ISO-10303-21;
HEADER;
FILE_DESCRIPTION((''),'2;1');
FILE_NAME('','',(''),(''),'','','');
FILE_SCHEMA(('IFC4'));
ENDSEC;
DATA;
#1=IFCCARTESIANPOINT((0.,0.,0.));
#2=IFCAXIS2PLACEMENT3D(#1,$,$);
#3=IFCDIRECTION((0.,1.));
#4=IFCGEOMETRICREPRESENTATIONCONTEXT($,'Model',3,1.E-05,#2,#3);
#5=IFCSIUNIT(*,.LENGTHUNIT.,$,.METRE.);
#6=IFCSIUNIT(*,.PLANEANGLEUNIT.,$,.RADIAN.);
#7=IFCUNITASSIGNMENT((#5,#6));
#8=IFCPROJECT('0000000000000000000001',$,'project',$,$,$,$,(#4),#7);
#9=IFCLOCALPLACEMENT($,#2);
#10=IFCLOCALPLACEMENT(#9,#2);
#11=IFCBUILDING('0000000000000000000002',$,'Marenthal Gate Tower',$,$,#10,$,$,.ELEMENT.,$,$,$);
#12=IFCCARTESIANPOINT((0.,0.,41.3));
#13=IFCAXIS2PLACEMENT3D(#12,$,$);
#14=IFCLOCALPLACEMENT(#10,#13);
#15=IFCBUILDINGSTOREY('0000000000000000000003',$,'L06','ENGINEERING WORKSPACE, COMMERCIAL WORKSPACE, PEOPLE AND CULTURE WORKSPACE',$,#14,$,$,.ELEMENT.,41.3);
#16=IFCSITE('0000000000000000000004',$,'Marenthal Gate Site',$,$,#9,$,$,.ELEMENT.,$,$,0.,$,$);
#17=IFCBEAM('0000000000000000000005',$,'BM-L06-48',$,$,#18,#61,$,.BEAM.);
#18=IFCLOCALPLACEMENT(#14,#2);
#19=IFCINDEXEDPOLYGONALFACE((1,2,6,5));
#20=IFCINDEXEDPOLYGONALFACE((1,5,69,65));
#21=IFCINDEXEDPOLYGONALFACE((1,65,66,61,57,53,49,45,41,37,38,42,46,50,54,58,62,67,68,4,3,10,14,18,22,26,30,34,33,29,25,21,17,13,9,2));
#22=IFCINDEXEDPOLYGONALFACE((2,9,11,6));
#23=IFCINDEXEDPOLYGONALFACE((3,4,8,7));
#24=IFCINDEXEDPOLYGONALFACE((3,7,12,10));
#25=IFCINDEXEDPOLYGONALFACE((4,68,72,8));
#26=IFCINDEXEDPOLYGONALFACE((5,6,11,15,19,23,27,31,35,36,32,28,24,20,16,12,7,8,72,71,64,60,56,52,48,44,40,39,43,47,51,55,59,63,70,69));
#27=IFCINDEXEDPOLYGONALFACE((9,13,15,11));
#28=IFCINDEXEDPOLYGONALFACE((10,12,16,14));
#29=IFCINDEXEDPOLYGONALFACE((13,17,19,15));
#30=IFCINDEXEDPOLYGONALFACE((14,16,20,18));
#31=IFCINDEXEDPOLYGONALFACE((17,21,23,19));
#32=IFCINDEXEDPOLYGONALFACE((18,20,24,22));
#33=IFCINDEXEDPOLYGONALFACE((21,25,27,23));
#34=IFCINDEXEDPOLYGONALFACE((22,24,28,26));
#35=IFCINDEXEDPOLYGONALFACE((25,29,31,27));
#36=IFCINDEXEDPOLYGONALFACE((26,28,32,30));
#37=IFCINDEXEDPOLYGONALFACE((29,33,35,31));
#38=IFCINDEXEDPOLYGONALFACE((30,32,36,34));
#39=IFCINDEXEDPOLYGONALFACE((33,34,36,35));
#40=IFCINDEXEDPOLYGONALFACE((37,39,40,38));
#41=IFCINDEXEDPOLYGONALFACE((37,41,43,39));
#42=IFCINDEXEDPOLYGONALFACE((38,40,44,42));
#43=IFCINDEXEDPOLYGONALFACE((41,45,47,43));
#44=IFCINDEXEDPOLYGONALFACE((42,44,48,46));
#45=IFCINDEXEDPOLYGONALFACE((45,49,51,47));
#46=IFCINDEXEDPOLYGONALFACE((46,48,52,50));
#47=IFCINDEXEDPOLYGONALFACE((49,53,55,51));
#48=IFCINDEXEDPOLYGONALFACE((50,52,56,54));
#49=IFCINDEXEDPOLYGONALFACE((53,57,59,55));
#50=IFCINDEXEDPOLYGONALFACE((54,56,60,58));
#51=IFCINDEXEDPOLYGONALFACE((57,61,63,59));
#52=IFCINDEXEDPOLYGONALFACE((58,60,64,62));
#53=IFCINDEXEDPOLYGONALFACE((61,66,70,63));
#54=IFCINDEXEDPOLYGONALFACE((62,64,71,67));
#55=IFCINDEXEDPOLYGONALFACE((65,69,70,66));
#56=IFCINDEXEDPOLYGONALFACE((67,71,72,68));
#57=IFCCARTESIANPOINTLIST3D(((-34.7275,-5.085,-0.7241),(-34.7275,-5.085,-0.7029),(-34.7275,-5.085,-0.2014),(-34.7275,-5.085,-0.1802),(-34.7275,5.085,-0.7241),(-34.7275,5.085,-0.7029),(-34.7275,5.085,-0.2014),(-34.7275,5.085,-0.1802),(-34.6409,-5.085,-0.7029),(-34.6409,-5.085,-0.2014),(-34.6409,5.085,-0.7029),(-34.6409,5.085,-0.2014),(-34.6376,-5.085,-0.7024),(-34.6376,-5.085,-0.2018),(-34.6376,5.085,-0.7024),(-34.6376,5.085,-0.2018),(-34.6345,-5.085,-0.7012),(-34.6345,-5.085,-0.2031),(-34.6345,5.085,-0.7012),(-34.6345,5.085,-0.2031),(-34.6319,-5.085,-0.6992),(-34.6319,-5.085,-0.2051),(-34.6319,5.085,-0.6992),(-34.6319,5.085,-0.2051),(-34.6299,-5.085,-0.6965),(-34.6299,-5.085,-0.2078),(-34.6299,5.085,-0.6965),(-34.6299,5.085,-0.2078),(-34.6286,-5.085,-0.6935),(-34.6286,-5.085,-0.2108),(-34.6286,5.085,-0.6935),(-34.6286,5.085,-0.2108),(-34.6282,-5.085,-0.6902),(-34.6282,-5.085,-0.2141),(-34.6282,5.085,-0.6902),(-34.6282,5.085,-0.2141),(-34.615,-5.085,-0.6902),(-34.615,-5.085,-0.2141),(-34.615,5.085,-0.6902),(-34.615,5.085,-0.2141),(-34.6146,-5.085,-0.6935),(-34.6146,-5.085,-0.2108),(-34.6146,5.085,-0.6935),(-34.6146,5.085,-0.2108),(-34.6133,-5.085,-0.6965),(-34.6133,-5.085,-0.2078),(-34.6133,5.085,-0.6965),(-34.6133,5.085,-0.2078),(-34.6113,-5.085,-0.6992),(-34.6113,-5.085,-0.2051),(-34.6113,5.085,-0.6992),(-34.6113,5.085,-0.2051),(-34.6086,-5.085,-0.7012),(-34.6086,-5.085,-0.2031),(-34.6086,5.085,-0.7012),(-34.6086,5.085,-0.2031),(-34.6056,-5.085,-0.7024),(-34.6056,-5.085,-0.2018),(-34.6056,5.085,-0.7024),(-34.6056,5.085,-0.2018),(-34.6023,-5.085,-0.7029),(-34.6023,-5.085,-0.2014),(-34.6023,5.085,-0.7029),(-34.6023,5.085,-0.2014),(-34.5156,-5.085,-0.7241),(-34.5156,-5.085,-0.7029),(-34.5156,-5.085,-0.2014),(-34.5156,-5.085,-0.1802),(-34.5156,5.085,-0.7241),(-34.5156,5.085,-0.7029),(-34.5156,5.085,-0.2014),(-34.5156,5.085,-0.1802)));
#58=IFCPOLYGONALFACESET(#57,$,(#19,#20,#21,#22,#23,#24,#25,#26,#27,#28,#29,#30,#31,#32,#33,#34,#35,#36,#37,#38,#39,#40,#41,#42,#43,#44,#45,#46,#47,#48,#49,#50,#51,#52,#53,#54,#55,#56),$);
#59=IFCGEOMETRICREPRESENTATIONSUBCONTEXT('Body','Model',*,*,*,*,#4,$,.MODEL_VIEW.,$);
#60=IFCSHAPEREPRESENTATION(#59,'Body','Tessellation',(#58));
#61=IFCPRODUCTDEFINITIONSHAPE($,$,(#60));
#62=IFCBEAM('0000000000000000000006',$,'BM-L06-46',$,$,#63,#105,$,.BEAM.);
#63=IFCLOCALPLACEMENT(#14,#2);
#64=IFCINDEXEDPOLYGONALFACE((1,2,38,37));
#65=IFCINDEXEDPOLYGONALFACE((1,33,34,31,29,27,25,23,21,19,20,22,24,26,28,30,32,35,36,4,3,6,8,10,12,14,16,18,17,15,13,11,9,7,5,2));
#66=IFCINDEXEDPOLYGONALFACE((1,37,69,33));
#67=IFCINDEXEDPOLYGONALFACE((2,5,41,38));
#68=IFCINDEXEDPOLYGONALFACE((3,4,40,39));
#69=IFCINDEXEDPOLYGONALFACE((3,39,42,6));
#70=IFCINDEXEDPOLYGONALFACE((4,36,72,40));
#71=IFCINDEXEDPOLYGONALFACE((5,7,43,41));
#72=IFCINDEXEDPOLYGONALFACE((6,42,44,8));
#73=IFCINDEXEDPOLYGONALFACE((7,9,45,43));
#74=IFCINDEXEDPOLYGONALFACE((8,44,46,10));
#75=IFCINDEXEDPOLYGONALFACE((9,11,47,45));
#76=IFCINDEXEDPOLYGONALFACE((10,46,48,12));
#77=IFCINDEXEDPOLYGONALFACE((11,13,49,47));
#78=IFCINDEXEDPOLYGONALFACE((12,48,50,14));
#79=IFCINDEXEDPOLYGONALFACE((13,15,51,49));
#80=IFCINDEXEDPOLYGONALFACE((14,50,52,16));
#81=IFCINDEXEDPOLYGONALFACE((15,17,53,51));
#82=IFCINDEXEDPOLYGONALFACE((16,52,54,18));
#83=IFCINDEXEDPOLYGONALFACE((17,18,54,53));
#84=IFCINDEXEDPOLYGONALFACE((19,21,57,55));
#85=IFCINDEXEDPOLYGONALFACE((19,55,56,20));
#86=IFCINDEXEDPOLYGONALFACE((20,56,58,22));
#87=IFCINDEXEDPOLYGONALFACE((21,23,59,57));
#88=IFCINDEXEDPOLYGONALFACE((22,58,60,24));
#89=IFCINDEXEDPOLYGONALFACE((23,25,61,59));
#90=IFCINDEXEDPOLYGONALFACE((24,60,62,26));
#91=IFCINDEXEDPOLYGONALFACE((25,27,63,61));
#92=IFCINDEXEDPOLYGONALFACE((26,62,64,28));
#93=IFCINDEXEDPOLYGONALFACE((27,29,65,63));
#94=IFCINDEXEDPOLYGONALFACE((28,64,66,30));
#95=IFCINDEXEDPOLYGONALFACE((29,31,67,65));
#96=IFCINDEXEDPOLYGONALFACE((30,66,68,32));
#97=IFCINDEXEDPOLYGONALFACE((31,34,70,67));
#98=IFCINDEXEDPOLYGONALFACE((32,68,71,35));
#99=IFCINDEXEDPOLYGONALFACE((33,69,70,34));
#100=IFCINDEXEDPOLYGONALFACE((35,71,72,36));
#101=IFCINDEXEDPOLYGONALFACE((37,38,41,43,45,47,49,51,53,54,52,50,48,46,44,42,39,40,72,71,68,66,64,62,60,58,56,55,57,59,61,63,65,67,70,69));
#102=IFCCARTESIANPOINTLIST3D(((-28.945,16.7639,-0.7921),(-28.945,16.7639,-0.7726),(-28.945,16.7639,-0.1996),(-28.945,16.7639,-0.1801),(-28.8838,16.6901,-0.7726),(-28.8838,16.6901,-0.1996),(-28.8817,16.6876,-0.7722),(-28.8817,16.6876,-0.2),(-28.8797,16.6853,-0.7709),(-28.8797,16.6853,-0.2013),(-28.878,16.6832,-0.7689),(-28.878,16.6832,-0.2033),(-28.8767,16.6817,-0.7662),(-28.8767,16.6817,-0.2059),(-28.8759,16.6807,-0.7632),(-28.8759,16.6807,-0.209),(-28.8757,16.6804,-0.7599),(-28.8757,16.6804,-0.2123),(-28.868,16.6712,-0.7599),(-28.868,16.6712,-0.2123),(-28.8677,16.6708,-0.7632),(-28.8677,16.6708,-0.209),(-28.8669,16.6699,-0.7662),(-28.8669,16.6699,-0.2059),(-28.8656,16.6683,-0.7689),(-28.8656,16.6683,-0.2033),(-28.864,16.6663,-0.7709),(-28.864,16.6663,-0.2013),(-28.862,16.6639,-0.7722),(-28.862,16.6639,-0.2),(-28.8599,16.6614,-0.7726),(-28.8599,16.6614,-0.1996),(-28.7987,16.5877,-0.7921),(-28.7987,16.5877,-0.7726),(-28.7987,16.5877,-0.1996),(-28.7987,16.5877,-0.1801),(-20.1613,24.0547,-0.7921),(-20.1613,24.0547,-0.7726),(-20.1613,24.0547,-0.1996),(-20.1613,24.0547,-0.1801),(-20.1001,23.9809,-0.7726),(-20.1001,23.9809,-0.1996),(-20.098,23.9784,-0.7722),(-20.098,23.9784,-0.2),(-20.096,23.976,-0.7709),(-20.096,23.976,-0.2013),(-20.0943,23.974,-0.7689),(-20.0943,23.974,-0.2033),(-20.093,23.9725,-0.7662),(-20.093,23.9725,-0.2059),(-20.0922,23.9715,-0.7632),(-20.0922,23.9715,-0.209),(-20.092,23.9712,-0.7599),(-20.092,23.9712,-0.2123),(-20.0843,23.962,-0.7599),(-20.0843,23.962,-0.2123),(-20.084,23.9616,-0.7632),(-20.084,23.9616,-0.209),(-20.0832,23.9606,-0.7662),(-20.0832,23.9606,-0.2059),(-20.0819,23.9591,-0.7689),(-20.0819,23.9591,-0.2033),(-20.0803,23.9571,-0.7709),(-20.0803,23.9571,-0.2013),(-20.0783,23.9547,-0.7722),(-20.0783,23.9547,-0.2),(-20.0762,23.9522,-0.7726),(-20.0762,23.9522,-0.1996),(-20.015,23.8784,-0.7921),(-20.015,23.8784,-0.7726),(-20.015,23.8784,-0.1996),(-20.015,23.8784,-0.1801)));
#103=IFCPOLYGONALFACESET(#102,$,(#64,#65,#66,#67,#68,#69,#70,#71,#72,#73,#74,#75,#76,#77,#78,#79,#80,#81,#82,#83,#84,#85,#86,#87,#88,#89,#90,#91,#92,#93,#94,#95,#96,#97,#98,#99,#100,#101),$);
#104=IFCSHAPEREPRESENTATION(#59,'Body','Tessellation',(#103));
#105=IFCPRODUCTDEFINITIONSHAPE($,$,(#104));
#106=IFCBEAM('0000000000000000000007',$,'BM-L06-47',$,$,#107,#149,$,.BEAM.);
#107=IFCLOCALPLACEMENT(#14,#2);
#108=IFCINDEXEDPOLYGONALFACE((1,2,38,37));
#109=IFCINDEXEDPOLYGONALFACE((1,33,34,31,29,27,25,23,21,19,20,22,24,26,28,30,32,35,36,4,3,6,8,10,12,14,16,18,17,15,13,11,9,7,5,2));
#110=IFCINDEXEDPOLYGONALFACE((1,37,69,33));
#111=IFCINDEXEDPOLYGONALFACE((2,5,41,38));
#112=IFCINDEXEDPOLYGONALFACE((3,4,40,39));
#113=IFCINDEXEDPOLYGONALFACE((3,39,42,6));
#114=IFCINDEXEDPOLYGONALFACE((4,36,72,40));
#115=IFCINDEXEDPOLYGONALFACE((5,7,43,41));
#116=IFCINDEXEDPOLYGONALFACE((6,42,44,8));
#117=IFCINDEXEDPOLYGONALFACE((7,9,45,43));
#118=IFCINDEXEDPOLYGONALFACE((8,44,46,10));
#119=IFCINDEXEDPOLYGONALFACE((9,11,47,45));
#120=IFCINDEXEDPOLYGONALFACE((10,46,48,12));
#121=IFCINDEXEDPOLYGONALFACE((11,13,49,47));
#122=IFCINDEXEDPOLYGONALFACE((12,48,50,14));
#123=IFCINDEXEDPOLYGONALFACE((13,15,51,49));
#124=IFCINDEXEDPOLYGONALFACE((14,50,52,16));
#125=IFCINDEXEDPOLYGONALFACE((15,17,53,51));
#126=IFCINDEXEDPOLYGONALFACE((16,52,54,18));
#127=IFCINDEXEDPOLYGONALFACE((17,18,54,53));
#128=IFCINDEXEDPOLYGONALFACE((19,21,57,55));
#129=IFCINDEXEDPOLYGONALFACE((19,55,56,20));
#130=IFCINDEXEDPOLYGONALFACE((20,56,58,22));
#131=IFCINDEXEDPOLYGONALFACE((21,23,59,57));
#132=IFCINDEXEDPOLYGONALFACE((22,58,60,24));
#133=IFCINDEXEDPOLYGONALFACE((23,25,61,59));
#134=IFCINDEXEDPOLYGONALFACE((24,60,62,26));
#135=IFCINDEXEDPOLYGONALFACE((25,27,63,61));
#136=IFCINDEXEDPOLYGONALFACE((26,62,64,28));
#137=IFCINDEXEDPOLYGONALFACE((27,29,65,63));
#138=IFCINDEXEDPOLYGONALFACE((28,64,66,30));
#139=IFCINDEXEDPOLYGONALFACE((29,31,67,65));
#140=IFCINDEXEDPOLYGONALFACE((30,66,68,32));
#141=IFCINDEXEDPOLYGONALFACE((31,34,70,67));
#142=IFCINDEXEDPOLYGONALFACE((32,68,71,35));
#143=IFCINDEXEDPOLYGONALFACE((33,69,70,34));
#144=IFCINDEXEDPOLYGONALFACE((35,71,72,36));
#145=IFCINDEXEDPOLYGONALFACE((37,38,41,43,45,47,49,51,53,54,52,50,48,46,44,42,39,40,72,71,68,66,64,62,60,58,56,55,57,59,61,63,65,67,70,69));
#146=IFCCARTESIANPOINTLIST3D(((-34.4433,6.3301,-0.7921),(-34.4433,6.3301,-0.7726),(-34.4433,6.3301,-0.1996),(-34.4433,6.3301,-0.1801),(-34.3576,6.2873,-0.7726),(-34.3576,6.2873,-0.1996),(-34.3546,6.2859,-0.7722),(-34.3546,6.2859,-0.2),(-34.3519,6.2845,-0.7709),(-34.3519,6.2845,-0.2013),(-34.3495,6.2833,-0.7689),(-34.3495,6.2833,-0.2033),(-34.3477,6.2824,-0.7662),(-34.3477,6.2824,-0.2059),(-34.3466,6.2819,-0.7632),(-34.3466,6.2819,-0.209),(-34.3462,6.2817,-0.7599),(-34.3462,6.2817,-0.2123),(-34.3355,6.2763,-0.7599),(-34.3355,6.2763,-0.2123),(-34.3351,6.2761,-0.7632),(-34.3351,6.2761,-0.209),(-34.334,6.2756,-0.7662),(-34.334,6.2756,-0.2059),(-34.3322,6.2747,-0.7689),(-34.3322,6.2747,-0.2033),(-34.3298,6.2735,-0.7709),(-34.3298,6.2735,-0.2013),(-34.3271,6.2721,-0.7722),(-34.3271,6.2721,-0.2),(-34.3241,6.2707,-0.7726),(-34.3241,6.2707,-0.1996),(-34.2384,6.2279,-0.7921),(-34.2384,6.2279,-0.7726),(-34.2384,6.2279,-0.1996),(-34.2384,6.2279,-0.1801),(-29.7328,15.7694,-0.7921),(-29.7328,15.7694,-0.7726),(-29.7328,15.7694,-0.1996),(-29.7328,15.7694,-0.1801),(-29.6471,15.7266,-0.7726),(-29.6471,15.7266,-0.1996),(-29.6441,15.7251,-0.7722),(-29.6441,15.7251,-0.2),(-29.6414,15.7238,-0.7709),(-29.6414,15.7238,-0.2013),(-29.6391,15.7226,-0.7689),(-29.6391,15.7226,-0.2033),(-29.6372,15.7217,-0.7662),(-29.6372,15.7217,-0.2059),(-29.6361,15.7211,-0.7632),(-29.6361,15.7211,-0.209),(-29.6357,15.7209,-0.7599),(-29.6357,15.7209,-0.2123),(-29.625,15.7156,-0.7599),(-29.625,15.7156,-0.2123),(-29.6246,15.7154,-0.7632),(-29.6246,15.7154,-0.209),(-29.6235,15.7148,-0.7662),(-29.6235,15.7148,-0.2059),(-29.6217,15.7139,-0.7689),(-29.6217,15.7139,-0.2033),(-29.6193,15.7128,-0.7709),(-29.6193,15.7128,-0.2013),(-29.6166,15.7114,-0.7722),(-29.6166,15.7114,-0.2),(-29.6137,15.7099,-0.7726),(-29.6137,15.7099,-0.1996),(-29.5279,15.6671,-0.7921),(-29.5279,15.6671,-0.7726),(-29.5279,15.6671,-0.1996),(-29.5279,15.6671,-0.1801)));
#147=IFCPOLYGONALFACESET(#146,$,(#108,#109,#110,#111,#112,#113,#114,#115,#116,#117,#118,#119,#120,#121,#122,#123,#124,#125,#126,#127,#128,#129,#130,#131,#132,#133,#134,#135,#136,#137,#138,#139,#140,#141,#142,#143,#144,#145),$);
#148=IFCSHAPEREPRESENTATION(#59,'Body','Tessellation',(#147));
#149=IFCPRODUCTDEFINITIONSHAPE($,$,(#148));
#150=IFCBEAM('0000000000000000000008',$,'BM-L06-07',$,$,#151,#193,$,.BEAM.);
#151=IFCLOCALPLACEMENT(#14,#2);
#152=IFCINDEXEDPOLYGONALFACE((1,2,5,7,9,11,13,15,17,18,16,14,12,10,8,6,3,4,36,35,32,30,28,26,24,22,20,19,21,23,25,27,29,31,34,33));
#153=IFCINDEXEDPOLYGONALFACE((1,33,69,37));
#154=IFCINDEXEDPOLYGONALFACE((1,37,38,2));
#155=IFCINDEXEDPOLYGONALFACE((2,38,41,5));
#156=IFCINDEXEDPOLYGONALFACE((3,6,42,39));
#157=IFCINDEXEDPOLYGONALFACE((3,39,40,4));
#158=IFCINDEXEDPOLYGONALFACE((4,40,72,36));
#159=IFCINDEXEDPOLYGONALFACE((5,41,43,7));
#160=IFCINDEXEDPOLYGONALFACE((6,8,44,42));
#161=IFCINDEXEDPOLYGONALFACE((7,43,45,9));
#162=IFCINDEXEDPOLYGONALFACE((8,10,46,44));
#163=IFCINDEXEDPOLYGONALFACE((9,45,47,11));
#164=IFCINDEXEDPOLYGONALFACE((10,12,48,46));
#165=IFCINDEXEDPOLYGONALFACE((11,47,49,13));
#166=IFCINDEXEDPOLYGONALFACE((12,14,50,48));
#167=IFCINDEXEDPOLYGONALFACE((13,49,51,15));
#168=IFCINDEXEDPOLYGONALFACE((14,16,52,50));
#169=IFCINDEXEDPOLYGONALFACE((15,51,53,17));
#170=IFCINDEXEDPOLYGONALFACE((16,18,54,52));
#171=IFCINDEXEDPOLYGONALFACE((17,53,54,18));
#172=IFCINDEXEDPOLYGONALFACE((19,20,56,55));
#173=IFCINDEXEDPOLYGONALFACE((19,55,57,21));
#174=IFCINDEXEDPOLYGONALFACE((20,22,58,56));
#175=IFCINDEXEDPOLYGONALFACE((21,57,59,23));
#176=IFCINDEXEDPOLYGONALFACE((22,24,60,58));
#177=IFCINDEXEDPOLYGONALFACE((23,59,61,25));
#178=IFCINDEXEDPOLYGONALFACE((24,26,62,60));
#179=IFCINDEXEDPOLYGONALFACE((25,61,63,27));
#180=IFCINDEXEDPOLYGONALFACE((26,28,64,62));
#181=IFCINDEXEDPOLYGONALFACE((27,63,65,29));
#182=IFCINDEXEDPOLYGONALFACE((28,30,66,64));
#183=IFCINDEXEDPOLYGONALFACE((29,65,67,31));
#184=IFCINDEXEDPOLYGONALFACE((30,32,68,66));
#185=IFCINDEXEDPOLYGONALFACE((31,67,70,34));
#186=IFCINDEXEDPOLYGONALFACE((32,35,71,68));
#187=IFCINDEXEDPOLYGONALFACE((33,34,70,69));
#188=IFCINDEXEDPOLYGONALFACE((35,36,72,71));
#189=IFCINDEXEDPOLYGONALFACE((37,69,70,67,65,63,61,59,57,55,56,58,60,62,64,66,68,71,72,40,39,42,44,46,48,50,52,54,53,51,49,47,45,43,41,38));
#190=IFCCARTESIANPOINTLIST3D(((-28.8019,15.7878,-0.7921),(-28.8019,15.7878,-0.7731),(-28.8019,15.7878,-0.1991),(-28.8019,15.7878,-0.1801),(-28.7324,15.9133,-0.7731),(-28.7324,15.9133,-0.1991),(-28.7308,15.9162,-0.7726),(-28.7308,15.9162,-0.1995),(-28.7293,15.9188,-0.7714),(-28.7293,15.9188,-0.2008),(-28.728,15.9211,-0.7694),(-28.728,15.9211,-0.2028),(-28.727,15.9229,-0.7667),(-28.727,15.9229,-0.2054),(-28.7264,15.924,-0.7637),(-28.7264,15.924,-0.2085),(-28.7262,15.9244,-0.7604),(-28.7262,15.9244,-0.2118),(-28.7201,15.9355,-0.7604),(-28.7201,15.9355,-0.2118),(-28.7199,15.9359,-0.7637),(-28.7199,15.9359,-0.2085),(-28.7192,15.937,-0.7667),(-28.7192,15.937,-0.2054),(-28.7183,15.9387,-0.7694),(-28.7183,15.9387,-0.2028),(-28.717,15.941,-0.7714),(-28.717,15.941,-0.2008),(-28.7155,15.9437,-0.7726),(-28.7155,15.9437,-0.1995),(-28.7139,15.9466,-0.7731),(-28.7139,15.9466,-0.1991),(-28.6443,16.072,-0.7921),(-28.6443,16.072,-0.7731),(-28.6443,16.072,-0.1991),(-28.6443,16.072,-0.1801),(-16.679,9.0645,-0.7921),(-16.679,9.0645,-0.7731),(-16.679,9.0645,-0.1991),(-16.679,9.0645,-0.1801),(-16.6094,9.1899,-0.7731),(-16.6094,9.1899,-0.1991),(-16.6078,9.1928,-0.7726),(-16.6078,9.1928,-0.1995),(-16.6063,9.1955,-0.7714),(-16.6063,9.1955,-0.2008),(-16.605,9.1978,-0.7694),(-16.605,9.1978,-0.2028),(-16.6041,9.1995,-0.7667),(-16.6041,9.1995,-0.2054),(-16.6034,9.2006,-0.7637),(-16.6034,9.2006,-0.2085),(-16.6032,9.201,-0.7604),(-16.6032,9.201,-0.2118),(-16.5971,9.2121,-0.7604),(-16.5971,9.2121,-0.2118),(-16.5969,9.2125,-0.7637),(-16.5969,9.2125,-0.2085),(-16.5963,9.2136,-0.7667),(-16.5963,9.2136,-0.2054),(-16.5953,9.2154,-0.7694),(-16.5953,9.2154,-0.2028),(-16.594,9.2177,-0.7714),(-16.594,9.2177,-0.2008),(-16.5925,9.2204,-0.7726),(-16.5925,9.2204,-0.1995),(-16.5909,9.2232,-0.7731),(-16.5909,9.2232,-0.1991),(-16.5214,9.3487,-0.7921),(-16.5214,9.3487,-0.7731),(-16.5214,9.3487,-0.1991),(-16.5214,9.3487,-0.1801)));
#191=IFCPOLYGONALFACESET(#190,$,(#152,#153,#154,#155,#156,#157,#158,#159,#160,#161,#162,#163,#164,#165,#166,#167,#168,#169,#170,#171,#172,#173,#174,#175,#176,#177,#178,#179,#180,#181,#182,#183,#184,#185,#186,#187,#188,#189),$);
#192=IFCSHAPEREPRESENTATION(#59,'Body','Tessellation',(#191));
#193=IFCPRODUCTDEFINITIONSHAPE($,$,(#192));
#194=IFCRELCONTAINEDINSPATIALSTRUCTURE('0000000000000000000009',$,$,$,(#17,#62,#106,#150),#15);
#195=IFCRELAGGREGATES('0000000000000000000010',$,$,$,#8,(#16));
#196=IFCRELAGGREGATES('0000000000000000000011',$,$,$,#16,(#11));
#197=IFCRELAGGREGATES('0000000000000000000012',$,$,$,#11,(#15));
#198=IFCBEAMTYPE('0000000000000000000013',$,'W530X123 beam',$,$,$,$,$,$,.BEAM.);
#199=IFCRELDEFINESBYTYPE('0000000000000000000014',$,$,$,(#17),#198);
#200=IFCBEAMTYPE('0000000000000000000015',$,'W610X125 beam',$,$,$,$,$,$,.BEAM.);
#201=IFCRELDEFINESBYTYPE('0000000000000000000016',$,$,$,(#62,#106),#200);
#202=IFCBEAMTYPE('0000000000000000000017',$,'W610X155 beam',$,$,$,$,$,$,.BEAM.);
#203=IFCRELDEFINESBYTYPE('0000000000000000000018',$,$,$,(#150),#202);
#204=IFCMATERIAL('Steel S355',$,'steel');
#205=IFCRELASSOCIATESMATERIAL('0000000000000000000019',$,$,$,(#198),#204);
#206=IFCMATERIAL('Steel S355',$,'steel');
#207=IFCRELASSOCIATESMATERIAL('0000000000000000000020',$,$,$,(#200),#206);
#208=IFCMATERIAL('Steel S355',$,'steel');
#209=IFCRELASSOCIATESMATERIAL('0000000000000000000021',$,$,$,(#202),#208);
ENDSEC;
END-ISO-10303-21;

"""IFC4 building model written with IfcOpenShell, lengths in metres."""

from ifc_helpers import new_model, si_unit, direction, frame, origin, origin_2d, place, context, subcontext, project, spatial, i_section, extrude, material, material_profile, profile_set, type_object, element, save


model = new_model("IFC4")

# Units and contexts
model_context = context("Model", 3, precision=1e-05, world=origin(), true_north=direction((0.0, 1.0)))
body_context = subcontext(model_context, "Body", "Model", "MODEL_VIEW")
ifc_project = project(units=[si_unit("LENGTHUNIT", "METRE"), si_unit("PLANEANGLEUNIT", "RADIAN")], contexts=[model_context])

# Site, building, storey
site_placement = place(None, origin())
site = spatial("IfcSite", under=ifc_project, at=site_placement, Name="Marenthal Gate Site", CompositionType="ELEMENT", RefElevation=0.0)
building_placement = place(site_placement, origin())
building = spatial("IfcBuilding", under=site, at=building_placement, Name="Marenthal Gate Tower", CompositionType="ELEMENT")
storey_placement = place(building_placement, frame((0.0, 0.0, 41.3)))
storey = spatial("IfcBuildingStorey", under=building, at=storey_placement, Name="L06", Description="ENGINEERING WORKSPACE, COMMERCIAL WORKSPACE, PEOPLE AND CULTURE WORKSPACE", CompositionType="ELEMENT", Elevation=41.3)

# Beams
ifc_material_1 = material(Name="Steel S355", Category="steel")
ifc_material_profile_1 = material_profile(ifc_material_1, i_section(OverallWidth=0.2119, OverallDepth=0.5439, WebThickness=0.0132, FlangeThickness=0.0212, FilletRadius=0.0127, at=origin_2d()), Name="W530X123")
ifc_profile_set_1 = profile_set([ifc_material_profile_1], Name="Steel S355")
beam_type_1 = type_object("IfcBeamType", Name="W530X123 beam", PredefinedType="BEAM", material=ifc_profile_set_1)
beam_1_placement = place(storey_placement, frame((-34.6216, 5.085, -0.4521), z_axis=(0.0, -1.0, 0.0), x_axis=(1.0, 0.0, 0.0)))
element("IfcBeam", 1, at=beam_1_placement, inside=storey, type_object=beam_type_1, Name="BM-L06-48", PredefinedType="BEAM", context=body_context, shape_type="SweptSolid", body=[
    extrude(i_section(OverallWidth=0.2119, OverallDepth=0.5439, WebThickness=0.0132, FlangeThickness=0.0212, FilletRadius=0.0127, at=origin_2d()), origin(), (0.0, 0.0, 1.0), 10.1699),
])
ifc_material_2 = material(Name="Steel S355", Category="steel")
ifc_material_profile_2 = material_profile(ifc_material_2, i_section(OverallWidth=0.229, OverallDepth=0.6121, WebThickness=0.012, FlangeThickness=0.0195, FilletRadius=0.0127, at=origin_2d()), Name="W610X125")
ifc_profile_set_2 = profile_set([ifc_material_profile_2], Name="Steel S355")
beam_type_2 = type_object("IfcBeamType", Name="W610X125 beam", PredefinedType="BEAM", material=ifc_profile_set_2)
beam_2_placement = place(storey_placement, frame((-20.0881, 23.9666, -0.4861), z_axis=(-0.769468, -0.638685, 0.0), x_axis=(0.638685, -0.769468, 0.0)))
element("IfcBeam", 2, at=beam_2_placement, inside=storey, type_object=beam_type_2, Name="BM-L06-46", PredefinedType="BEAM", context=body_context, shape_type="SweptSolid", body=[
    extrude(i_section(OverallWidth=0.229, OverallDepth=0.6121, WebThickness=0.012, FlangeThickness=0.0195, FilletRadius=0.0127, at=origin_2d()), origin(), (0.0, 0.0, 1.0), 11.4153),
])
beam_3_placement = place(storey_placement, frame((-29.6304, 15.7183, -0.4861), z_axis=(-0.446519, -0.894774, 0.0), x_axis=(0.894774, -0.446519, 0.0)))
element("IfcBeam", 3, at=beam_3_placement, inside=storey, type_object=beam_type_2, Name="BM-L06-47", PredefinedType="BEAM", context=body_context, shape_type="SweptSolid", body=[
    extrude(i_section(OverallWidth=0.229, OverallDepth=0.6121, WebThickness=0.012, FlangeThickness=0.0195, FilletRadius=0.0127, at=origin_2d()), origin(), (0.0, 0.0, 1.0), 10.5493),
])
ifc_material_3 = material(Name="Steel S355", Category="steel")
ifc_material_profile_3 = material_profile(ifc_material_3, i_section(OverallWidth=0.325, OverallDepth=0.6121, WebThickness=0.0127, FlangeThickness=0.019, FilletRadius=0.0127, at=origin_2d()), Name="W610X155")
ifc_profile_set_3 = profile_set([ifc_material_profile_3], Name="Steel S355")
beam_type_3 = type_object("IfcBeamType", Name="W610X155 beam", PredefinedType="BEAM", material=ifc_profile_set_3)
beam_4_placement = place(storey_placement, frame((-28.7231, 15.9299, -0.4861), z_axis=(0.874513, -0.485001, 0.0), x_axis=(0.485001, 0.874513, 0.0)))
element("IfcBeam", 4, at=beam_4_placement, inside=storey, type_object=beam_type_3, Name="BM-L06-07", PredefinedType="BEAM", context=body_context, shape_type="SweptSolid", body=[
    extrude(i_section(OverallWidth=0.325, OverallDepth=0.6121, WebThickness=0.0127, FlangeThickness=0.019, FilletRadius=0.0127, at=origin_2d()), origin(), (0.0, 0.0, 1.0), 13.8625),
])

save(model, "model.ifc")
